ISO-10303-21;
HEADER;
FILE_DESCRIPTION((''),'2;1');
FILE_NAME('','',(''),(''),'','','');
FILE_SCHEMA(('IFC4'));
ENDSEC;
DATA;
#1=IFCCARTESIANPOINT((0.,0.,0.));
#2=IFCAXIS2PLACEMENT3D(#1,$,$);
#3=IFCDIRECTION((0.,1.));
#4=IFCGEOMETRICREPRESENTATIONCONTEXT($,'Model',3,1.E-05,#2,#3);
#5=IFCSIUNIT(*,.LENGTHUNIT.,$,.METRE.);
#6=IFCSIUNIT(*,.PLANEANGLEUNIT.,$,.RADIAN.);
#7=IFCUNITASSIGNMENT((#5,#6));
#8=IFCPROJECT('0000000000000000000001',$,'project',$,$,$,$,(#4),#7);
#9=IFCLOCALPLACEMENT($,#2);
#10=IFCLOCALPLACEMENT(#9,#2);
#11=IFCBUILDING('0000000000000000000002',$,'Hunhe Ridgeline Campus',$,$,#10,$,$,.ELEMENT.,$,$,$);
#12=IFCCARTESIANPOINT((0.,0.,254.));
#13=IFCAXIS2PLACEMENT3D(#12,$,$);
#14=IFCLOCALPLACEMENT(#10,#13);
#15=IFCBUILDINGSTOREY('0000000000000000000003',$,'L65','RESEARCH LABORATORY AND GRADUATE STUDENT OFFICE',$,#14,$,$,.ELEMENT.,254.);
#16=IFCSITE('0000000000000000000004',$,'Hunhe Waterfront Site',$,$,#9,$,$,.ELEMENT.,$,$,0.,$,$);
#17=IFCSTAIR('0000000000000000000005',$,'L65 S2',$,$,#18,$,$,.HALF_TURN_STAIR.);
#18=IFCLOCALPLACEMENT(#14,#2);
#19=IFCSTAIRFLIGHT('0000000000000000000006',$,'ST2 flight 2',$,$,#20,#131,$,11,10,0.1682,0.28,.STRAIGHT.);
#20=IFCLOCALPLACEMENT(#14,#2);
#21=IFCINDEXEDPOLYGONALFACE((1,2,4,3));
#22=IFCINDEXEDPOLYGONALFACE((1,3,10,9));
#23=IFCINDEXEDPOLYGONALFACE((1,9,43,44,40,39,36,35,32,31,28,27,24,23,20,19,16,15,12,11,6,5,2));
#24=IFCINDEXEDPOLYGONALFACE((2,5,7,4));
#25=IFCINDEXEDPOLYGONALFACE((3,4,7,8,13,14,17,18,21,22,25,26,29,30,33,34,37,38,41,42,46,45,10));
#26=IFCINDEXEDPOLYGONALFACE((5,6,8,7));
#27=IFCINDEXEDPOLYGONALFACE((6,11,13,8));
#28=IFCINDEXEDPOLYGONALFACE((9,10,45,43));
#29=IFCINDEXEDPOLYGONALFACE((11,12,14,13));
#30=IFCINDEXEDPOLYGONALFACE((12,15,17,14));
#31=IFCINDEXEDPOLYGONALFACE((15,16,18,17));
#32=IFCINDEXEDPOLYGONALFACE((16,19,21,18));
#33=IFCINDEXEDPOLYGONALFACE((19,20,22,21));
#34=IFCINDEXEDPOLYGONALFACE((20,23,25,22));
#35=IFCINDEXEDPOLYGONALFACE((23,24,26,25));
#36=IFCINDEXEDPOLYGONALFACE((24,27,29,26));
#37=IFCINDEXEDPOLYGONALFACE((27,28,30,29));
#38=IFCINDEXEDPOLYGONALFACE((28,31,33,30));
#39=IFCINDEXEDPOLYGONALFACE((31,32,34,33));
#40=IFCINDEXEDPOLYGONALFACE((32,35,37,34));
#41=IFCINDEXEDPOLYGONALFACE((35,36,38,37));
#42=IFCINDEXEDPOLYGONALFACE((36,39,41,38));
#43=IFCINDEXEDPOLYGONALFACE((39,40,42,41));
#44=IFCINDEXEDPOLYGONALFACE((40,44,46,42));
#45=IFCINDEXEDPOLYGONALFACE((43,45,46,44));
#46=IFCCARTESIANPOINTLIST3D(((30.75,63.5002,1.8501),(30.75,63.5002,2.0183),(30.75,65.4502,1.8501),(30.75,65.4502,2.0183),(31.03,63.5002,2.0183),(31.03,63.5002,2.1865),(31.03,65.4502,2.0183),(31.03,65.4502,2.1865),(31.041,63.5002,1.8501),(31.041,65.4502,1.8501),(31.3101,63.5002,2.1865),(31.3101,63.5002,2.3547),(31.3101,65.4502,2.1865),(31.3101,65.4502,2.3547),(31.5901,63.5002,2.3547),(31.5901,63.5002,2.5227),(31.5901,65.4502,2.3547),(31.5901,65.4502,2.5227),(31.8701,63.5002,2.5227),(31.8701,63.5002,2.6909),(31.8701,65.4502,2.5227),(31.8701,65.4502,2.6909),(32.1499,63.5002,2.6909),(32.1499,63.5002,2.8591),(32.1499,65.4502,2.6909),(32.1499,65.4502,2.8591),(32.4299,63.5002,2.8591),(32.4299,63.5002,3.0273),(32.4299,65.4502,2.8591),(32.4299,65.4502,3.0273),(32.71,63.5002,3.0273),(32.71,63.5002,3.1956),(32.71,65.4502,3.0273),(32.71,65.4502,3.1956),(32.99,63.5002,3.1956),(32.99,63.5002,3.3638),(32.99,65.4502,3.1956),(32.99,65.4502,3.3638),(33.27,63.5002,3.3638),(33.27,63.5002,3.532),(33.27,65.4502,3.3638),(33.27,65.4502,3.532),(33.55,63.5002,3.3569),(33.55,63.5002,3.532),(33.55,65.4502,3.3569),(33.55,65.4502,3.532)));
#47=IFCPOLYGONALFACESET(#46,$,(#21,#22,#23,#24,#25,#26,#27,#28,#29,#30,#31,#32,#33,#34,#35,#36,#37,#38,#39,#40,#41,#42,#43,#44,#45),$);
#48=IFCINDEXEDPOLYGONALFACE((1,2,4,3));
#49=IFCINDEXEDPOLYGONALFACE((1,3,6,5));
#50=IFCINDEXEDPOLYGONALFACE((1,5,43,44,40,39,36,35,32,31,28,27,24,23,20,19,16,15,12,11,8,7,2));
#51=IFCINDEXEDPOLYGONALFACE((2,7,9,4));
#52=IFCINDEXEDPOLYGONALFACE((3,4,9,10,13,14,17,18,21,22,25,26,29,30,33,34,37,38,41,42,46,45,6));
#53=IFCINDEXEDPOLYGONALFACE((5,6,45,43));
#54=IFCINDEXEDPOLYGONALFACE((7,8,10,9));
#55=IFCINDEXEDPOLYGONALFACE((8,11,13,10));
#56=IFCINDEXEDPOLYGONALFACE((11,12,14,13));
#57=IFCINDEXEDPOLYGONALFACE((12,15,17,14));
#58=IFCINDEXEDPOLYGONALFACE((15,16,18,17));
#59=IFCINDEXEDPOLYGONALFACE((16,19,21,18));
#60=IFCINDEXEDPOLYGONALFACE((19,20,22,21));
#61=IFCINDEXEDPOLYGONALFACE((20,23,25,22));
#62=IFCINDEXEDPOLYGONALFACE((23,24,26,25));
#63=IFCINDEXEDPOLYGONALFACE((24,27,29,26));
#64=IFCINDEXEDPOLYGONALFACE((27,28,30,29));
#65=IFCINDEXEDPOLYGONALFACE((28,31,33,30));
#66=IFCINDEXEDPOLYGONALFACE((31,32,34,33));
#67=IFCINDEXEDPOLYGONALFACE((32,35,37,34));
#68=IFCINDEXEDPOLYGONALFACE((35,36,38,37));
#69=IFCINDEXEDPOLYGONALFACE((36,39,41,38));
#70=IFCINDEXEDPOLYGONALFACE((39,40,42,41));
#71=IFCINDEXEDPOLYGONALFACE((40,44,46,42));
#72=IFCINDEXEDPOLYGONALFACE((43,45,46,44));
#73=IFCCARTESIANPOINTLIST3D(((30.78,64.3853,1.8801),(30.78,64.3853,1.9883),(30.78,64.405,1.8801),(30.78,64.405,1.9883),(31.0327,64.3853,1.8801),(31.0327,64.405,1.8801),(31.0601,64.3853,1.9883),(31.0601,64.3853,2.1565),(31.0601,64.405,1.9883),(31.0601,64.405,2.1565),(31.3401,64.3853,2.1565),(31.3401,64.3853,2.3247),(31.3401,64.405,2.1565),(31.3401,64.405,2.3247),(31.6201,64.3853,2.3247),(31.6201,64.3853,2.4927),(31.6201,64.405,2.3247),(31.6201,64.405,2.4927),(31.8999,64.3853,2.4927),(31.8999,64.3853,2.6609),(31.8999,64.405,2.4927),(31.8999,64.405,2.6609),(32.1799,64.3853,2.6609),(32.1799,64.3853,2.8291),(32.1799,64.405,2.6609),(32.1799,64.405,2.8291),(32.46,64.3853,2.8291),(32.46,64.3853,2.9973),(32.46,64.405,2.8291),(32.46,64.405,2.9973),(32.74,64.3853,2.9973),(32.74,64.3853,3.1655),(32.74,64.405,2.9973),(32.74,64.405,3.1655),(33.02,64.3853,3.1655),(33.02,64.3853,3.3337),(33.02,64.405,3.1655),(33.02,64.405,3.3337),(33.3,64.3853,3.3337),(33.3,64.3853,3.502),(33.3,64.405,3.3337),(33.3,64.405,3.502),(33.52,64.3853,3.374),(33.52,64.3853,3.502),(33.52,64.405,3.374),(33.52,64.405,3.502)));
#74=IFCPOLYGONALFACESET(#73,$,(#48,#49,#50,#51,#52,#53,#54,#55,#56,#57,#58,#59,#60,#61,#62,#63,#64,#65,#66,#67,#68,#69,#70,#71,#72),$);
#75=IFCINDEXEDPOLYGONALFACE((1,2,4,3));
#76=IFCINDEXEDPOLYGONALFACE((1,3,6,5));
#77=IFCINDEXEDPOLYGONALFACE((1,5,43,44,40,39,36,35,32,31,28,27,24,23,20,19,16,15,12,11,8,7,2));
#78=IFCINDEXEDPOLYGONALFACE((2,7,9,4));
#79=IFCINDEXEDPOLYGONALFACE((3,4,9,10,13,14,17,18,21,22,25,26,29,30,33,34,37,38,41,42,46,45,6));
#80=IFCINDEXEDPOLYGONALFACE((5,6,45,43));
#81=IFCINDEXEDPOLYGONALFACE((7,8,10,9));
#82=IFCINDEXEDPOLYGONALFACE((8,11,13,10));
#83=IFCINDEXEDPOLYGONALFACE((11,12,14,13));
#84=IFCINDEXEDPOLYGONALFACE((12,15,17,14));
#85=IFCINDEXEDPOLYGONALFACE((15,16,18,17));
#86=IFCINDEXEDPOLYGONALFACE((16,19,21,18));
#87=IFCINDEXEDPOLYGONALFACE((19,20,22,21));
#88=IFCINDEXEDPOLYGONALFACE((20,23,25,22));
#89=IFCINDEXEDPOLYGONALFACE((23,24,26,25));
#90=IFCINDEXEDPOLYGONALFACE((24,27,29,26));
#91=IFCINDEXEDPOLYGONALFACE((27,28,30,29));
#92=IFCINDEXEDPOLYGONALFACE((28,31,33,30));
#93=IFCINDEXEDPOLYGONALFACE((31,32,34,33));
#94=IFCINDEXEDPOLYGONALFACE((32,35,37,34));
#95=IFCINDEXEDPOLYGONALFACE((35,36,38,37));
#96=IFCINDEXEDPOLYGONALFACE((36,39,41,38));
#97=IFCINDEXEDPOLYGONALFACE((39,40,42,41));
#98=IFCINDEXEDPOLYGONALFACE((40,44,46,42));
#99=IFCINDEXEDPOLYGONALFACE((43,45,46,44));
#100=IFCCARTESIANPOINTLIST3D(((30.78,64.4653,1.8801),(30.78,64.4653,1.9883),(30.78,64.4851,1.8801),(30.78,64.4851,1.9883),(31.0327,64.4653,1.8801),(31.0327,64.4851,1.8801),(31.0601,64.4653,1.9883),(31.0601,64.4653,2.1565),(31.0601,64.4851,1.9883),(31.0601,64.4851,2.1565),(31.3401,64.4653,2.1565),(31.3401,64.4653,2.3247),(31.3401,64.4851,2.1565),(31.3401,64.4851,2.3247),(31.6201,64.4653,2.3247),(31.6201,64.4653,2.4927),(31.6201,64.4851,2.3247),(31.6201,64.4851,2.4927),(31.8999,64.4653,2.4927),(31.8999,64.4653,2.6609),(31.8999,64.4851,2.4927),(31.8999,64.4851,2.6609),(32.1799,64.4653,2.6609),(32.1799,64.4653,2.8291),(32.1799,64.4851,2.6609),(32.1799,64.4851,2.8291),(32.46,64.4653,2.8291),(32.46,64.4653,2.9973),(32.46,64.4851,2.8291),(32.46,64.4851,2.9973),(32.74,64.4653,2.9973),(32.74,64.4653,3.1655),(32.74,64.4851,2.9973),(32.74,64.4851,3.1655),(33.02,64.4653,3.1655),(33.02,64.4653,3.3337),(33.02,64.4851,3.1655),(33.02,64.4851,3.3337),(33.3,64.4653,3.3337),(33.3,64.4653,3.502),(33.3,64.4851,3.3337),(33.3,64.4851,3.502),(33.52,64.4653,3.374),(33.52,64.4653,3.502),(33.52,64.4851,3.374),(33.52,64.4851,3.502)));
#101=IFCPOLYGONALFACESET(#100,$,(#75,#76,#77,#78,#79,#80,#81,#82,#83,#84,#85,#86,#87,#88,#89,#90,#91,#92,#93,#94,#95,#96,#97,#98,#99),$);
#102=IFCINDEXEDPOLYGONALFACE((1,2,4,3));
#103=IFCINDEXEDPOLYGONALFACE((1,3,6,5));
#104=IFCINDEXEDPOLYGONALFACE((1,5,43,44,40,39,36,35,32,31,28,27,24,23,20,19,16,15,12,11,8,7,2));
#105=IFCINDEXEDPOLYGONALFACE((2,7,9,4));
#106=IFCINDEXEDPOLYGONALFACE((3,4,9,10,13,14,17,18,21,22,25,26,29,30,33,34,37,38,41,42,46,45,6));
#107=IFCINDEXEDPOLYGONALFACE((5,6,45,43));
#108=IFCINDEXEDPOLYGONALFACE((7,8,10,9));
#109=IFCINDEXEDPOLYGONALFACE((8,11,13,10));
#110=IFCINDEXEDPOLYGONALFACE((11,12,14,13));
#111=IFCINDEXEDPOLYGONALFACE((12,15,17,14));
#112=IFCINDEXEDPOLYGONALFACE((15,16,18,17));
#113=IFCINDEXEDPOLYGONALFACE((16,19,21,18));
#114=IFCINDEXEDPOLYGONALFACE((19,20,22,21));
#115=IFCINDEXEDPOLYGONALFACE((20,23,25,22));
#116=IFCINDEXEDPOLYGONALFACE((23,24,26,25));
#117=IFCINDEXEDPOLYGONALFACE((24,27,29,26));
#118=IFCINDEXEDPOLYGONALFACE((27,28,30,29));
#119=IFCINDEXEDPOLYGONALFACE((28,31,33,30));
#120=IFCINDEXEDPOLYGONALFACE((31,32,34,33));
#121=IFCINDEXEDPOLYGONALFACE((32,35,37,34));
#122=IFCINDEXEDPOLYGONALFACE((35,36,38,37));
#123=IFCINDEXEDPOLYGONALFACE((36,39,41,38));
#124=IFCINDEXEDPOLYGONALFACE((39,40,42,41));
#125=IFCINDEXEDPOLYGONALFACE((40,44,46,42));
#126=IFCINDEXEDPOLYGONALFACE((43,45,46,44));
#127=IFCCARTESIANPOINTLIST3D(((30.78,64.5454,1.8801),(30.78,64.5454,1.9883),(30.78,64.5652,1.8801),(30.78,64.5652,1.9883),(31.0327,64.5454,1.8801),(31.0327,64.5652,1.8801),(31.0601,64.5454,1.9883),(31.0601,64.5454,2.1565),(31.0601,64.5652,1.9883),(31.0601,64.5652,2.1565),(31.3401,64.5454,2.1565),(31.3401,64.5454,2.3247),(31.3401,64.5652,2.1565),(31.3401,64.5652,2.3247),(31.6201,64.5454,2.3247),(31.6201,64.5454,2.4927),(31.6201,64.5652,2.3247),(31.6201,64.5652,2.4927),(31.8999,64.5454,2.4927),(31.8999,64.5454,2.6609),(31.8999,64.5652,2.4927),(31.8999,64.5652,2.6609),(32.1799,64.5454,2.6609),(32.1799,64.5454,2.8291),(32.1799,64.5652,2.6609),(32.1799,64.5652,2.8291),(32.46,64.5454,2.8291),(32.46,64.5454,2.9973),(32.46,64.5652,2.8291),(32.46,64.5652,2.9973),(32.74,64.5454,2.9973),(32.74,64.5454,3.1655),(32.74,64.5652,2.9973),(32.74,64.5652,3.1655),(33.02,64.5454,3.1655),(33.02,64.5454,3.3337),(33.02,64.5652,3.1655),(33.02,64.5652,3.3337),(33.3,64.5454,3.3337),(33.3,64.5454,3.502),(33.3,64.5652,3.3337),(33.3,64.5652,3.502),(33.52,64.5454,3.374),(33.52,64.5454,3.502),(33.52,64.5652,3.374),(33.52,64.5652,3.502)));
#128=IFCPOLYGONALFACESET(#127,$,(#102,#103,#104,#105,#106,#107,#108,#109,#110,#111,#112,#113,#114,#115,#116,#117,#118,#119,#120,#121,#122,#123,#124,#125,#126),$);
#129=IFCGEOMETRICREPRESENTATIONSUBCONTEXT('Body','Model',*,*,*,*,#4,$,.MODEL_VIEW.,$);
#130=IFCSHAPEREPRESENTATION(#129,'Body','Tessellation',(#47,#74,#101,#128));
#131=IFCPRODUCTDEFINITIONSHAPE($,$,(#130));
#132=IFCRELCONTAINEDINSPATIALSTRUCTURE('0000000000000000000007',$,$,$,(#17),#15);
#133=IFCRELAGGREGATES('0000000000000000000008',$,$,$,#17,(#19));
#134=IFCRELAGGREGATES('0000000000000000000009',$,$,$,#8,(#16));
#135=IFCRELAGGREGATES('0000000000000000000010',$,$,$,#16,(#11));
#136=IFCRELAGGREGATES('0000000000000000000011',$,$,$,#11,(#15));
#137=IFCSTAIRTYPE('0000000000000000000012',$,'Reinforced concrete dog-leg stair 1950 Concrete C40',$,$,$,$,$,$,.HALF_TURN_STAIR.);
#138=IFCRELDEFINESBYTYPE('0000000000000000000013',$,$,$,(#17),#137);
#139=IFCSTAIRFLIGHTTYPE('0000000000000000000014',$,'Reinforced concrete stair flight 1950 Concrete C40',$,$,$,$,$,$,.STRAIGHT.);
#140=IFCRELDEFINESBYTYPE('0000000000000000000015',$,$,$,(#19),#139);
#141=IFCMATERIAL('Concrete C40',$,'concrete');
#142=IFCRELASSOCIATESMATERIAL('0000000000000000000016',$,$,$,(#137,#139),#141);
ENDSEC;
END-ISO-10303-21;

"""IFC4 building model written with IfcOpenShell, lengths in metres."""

from ifc_helpers import new_model, si_unit, direction, frame, origin, place, context, subcontext, project, spatial, polyline, outline, extrude, material, type_object, element, aggregate, save


model = new_model("IFC4")

# Units and contexts
model_context = context("Model", 3, precision=1e-05, world=origin(), true_north=direction((0.0, 1.0)))
body_context = subcontext(model_context, "Body", "Model", "MODEL_VIEW")
ifc_project = project(units=[si_unit("LENGTHUNIT", "METRE"), si_unit("PLANEANGLEUNIT", "RADIAN")], contexts=[model_context])

# Site, building, storey
site_placement = place(None, origin())
site = spatial("IfcSite", under=ifc_project, at=site_placement, Name="Hunhe Waterfront Site", CompositionType="ELEMENT", RefElevation=0.0)
building_placement = place(site_placement, origin())
building = spatial("IfcBuilding", under=site, at=building_placement, Name="Hunhe Ridgeline Campus", CompositionType="ELEMENT")
storey_placement = place(building_placement, frame((0.0, 0.0, 254.0)))
storey = spatial("IfcBuildingStorey", under=building, at=storey_placement, Name="L65", Description="RESEARCH LABORATORY AND GRADUATE STUDENT OFFICE", CompositionType="ELEMENT", Elevation=254.0)

# Stair, stair flight
ifc_material_1 = material(Name="Concrete C40", Category="concrete")
stair_type = type_object("IfcStairType", Name="Reinforced concrete dog-leg stair 1950 Concrete C40", PredefinedType="HALF_TURN_STAIR", material=ifc_material_1)
stair_placement = place(storey_placement, origin())
stair = element("IfcStair", 1, at=stair_placement, inside=storey, type_object=stair_type, Name="L65 S2", PredefinedType="HALF_TURN_STAIR")
stair_flight_type = type_object("IfcStairFlightType", Name="Reinforced concrete stair flight 1950 Concrete C40", PredefinedType="STRAIGHT", material=ifc_material_1)
stair_flight_1_placement = place(storey_placement, frame((30.75, 64.4751, 1.8501), z_axis=(0.0, 0.0, 1.0), x_axis=(1.0, 0.0, 0.0)))
stair_flight_1 = element("IfcStairFlight", 2, at=stair_flight_1_placement, type_object=stair_flight_type, Name="ST2 flight 2", NumberOfRisers=11, NumberOfTreads=10, PredefinedType="STRAIGHT", RiserHeight=0.1682, TreadLength=0.28, context=body_context, shape_type="SweptSolid", body=[
    extrude(outline(polyline([(0.0, 0.0), (0.0, 0.1682), (0.28, 0.1682), (0.28, 0.3364), (0.5601, 0.3364), (0.5601, 0.5046), (0.8401, 0.5046), (0.8401, 0.6726), (1.1201, 0.6726), (1.1201, 0.8408), (1.3999, 0.8408), (1.3999, 1.009), (1.6799, 1.009), (1.6799, 1.1772), (1.96, 1.1772), (1.96, 1.3455), (2.24, 1.3455), (2.24, 1.5137), (2.52, 1.5137), (2.52, 1.6819), (2.8, 1.6819), (2.8, 1.8501), (2.8, 1.5068), (0.291, 0.0), (0.0, 0.0)])), frame((0.0, 0.9751, 0.0), z_axis=(0.0, -1.0, 0.0), x_axis=(1.0, 0.0, 0.0)), (0.0, 0.0, 1.0), 1.95),
    extrude(outline(polyline([(0.03, 0.03), (0.03, 0.1382), (0.3101, 0.1382), (0.3101, 0.3064), (0.5901, 0.3064), (0.5901, 0.4746), (0.8701, 0.4746), (0.8701, 0.6426), (1.1499, 0.6426), (1.1499, 0.8108), (1.4299, 0.8108), (1.4299, 0.979), (1.71, 0.979), (1.71, 1.1472), (1.99, 1.1472), (1.99, 1.3154), (2.27, 1.3154), (2.27, 1.4836), (2.55, 1.4836), (2.55, 1.6519), (2.77, 1.6519), (2.77, 1.5239), (0.2827, 0.03), (0.03, 0.03)])), frame((0.0, -0.0701, 0.0), z_axis=(0.0, -1.0, 0.0), x_axis=(1.0, 0.0, 0.0)), (0.0, 0.0, 1.0), 0.0198),
    extrude(outline(polyline([(0.03, 0.03), (0.03, 0.1382), (0.3101, 0.1382), (0.3101, 0.3064), (0.5901, 0.3064), (0.5901, 0.4746), (0.8701, 0.4746), (0.8701, 0.6426), (1.1499, 0.6426), (1.1499, 0.8108), (1.4299, 0.8108), (1.4299, 0.979), (1.71, 0.979), (1.71, 1.1472), (1.99, 1.1472), (1.99, 1.3154), (2.27, 1.3154), (2.27, 1.4836), (2.55, 1.4836), (2.55, 1.6519), (2.77, 1.6519), (2.77, 1.5239), (0.2827, 0.03), (0.03, 0.03)])), frame((0.0, 0.01, 0.0), z_axis=(0.0, -1.0, 0.0), x_axis=(1.0, 0.0, 0.0)), (0.0, 0.0, 1.0), 0.0198),
    extrude(outline(polyline([(0.03, 0.03), (0.03, 0.1382), (0.3101, 0.1382), (0.3101, 0.3064), (0.5901, 0.3064), (0.5901, 0.4746), (0.8701, 0.4746), (0.8701, 0.6426), (1.1499, 0.6426), (1.1499, 0.8108), (1.4299, 0.8108), (1.4299, 0.979), (1.71, 0.979), (1.71, 1.1472), (1.99, 1.1472), (1.99, 1.3154), (2.27, 1.3154), (2.27, 1.4836), (2.55, 1.4836), (2.55, 1.6519), (2.77, 1.6519), (2.77, 1.5239), (0.2827, 0.03), (0.03, 0.03)])), frame((0.0, 0.0901, 0.0), z_axis=(0.0, -1.0, 0.0), x_axis=(1.0, 0.0, 0.0)), (0.0, 0.0, 1.0), 0.0198),
])
aggregate(stair, [stair_flight_1])

save(model, "model.ifc")
